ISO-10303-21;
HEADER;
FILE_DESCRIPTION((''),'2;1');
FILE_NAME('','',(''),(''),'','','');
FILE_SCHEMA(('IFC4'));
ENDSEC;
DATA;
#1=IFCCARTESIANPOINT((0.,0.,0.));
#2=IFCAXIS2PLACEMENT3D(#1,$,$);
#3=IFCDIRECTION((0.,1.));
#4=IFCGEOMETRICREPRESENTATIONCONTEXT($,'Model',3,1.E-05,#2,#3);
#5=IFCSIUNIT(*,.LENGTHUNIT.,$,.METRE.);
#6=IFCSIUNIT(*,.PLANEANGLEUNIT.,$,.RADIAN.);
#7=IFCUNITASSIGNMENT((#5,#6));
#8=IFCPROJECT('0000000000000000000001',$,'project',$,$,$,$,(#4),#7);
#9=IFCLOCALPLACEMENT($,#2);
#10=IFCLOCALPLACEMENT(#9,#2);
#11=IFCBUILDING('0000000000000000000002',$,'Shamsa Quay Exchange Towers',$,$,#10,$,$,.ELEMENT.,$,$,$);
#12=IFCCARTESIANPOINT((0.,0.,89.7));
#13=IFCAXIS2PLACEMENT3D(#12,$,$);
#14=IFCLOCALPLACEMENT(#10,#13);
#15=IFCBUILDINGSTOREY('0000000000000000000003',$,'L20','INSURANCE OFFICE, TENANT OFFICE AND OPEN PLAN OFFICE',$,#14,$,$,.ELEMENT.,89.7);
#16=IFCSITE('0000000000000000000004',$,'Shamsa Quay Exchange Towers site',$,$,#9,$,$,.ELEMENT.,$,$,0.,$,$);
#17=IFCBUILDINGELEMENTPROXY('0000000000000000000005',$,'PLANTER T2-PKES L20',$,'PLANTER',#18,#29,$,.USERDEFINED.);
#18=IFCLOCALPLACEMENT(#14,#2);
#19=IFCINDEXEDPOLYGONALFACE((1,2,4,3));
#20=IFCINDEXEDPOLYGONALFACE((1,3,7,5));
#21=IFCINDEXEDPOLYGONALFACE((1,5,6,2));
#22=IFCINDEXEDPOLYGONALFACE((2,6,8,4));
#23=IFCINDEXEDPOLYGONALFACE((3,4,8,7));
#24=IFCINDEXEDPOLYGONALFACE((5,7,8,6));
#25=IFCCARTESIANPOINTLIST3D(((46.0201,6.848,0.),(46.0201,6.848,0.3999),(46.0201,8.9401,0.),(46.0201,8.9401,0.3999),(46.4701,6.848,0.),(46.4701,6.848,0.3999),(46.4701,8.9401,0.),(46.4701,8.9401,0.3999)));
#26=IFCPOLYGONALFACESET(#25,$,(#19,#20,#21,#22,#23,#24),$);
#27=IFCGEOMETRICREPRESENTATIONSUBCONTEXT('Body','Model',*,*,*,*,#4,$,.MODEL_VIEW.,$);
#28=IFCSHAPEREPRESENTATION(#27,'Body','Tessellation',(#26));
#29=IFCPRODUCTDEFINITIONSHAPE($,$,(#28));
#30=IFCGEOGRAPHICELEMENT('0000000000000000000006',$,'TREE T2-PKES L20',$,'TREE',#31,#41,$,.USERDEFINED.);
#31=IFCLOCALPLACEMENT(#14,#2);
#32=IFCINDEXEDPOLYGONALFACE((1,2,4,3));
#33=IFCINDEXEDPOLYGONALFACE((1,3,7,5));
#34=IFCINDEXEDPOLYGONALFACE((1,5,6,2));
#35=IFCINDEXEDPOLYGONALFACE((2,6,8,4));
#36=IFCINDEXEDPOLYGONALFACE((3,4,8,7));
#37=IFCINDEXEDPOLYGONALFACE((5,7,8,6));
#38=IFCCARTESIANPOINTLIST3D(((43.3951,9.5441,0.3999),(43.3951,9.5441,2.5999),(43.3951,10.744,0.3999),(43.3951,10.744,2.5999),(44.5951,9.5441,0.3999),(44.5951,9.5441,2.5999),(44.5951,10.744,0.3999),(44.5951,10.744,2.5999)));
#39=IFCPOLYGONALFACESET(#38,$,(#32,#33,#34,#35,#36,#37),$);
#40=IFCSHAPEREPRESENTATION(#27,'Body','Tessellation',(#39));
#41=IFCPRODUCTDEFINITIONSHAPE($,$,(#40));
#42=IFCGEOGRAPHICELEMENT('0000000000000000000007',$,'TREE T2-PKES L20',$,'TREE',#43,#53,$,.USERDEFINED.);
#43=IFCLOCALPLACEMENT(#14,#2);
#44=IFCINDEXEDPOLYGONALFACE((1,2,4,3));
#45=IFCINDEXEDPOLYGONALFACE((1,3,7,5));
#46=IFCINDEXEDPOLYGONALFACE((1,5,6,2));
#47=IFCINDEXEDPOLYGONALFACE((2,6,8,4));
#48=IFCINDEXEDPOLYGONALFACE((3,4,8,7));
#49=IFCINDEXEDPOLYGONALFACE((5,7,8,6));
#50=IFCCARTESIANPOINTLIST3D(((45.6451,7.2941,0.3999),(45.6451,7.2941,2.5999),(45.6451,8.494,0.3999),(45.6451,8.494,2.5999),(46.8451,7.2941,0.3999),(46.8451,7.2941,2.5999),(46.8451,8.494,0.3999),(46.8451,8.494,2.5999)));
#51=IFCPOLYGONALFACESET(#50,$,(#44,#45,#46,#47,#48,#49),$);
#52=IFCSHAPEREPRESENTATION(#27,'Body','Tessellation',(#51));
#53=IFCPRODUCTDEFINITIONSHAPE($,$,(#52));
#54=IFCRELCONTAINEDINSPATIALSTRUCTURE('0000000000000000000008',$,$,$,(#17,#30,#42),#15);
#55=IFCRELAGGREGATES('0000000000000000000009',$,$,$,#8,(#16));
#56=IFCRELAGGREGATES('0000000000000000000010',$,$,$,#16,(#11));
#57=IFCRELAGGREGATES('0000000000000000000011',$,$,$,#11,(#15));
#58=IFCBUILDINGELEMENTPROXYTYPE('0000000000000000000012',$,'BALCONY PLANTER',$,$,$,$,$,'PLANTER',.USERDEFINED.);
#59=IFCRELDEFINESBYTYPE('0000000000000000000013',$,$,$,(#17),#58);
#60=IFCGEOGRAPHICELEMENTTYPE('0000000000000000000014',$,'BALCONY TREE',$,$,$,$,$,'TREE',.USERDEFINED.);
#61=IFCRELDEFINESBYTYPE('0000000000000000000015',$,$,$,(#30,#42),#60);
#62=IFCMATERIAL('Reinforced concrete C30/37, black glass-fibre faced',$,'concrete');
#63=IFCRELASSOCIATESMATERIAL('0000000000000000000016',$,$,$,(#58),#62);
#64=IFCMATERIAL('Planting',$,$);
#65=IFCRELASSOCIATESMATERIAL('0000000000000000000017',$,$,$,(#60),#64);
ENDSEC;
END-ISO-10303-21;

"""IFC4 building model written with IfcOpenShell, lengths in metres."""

from ifc_helpers import new_model, si_unit, direction, frame, origin, origin_2d, place, context, subcontext, project, spatial, rectangle, extrude, material, type_object, element, save


model = new_model("IFC4")

# Units and contexts
model_context = context("Model", 3, precision=1e-05, world=origin(), true_north=direction((0.0, 1.0)))
body_context = subcontext(model_context, "Body", "Model", "MODEL_VIEW")
ifc_project = project(units=[si_unit("LENGTHUNIT", "METRE"), si_unit("PLANEANGLEUNIT", "RADIAN")], contexts=[model_context])

# Site, building, storey
site_placement = place(None, origin())
site = spatial("IfcSite", under=ifc_project, at=site_placement, Name="Shamsa Quay Exchange Towers site", CompositionType="ELEMENT", RefElevation=0.0)
building_placement = place(site_placement, origin())
building = spatial("IfcBuilding", under=site, at=building_placement, Name="Shamsa Quay Exchange Towers", CompositionType="ELEMENT")
storey_placement = place(building_placement, frame((0.0, 0.0, 89.7)))
storey = spatial("IfcBuildingStorey", under=building, at=storey_placement, Name="L20", Description="INSURANCE OFFICE, TENANT OFFICE AND OPEN PLAN OFFICE", CompositionType="ELEMENT", Elevation=89.7)

# Building element proxy
ifc_material_1 = material(Name="Reinforced concrete C30/37, black glass-fibre faced", Category="concrete")
building_element_proxy_type = type_object("IfcBuildingElementProxyType", Name="BALCONY PLANTER", ElementType="PLANTER", PredefinedType="USERDEFINED", material=ifc_material_1)
for number, where, z_axis, x_axis, name in (
    (1, (46.2451, 7.894, 0.0), (0.0, 0.0, 1.0), (0.0, 1.0, 0.0), "PLANTER T2-PKES L20"),
):
    element("IfcBuildingElementProxy", number, at=place(storey_placement, frame(where, z_axis=z_axis, x_axis=x_axis)), inside=storey, type_object=building_element_proxy_type, Name=name, ObjectType="PLANTER", PredefinedType="USERDEFINED", context=body_context, shape_type="SweptSolid", body=[
        extrude(rectangle(XDim=2.092, YDim=0.45, at=origin_2d()), origin(), (0.0, 0.0, 1.0), 0.3999),
    ])

# Geographic elements
ifc_material_2 = material(Name="Planting")
geographic_element_type = type_object("IfcGeographicElementType", Name="BALCONY TREE", ElementType="TREE", PredefinedType="USERDEFINED", material=ifc_material_2)
for number, where, z_axis, x_axis, name in (
    (2, (43.9951, 10.144, 0.3999), (0.0, 0.0, 1.0), (0.0, 1.0, 0.0), "TREE T2-PKES L20"),
    (3, (46.2451, 7.894, 0.3999), (0.0, 0.0, 1.0), (0.0, 1.0, 0.0), "TREE T2-PKES L20"),
):
    element("IfcGeographicElement", number, at=place(storey_placement, frame(where, z_axis=z_axis, x_axis=x_axis)), inside=storey, type_object=geographic_element_type, Name=name, ObjectType="TREE", PredefinedType="USERDEFINED", context=body_context, shape_type="SweptSolid", body=[
        extrude(rectangle(XDim=1.2, YDim=1.2, at=origin_2d()), origin(), (0.0, 0.0, 1.0), 2.2),
    ])

save(model, "model.ifc")
